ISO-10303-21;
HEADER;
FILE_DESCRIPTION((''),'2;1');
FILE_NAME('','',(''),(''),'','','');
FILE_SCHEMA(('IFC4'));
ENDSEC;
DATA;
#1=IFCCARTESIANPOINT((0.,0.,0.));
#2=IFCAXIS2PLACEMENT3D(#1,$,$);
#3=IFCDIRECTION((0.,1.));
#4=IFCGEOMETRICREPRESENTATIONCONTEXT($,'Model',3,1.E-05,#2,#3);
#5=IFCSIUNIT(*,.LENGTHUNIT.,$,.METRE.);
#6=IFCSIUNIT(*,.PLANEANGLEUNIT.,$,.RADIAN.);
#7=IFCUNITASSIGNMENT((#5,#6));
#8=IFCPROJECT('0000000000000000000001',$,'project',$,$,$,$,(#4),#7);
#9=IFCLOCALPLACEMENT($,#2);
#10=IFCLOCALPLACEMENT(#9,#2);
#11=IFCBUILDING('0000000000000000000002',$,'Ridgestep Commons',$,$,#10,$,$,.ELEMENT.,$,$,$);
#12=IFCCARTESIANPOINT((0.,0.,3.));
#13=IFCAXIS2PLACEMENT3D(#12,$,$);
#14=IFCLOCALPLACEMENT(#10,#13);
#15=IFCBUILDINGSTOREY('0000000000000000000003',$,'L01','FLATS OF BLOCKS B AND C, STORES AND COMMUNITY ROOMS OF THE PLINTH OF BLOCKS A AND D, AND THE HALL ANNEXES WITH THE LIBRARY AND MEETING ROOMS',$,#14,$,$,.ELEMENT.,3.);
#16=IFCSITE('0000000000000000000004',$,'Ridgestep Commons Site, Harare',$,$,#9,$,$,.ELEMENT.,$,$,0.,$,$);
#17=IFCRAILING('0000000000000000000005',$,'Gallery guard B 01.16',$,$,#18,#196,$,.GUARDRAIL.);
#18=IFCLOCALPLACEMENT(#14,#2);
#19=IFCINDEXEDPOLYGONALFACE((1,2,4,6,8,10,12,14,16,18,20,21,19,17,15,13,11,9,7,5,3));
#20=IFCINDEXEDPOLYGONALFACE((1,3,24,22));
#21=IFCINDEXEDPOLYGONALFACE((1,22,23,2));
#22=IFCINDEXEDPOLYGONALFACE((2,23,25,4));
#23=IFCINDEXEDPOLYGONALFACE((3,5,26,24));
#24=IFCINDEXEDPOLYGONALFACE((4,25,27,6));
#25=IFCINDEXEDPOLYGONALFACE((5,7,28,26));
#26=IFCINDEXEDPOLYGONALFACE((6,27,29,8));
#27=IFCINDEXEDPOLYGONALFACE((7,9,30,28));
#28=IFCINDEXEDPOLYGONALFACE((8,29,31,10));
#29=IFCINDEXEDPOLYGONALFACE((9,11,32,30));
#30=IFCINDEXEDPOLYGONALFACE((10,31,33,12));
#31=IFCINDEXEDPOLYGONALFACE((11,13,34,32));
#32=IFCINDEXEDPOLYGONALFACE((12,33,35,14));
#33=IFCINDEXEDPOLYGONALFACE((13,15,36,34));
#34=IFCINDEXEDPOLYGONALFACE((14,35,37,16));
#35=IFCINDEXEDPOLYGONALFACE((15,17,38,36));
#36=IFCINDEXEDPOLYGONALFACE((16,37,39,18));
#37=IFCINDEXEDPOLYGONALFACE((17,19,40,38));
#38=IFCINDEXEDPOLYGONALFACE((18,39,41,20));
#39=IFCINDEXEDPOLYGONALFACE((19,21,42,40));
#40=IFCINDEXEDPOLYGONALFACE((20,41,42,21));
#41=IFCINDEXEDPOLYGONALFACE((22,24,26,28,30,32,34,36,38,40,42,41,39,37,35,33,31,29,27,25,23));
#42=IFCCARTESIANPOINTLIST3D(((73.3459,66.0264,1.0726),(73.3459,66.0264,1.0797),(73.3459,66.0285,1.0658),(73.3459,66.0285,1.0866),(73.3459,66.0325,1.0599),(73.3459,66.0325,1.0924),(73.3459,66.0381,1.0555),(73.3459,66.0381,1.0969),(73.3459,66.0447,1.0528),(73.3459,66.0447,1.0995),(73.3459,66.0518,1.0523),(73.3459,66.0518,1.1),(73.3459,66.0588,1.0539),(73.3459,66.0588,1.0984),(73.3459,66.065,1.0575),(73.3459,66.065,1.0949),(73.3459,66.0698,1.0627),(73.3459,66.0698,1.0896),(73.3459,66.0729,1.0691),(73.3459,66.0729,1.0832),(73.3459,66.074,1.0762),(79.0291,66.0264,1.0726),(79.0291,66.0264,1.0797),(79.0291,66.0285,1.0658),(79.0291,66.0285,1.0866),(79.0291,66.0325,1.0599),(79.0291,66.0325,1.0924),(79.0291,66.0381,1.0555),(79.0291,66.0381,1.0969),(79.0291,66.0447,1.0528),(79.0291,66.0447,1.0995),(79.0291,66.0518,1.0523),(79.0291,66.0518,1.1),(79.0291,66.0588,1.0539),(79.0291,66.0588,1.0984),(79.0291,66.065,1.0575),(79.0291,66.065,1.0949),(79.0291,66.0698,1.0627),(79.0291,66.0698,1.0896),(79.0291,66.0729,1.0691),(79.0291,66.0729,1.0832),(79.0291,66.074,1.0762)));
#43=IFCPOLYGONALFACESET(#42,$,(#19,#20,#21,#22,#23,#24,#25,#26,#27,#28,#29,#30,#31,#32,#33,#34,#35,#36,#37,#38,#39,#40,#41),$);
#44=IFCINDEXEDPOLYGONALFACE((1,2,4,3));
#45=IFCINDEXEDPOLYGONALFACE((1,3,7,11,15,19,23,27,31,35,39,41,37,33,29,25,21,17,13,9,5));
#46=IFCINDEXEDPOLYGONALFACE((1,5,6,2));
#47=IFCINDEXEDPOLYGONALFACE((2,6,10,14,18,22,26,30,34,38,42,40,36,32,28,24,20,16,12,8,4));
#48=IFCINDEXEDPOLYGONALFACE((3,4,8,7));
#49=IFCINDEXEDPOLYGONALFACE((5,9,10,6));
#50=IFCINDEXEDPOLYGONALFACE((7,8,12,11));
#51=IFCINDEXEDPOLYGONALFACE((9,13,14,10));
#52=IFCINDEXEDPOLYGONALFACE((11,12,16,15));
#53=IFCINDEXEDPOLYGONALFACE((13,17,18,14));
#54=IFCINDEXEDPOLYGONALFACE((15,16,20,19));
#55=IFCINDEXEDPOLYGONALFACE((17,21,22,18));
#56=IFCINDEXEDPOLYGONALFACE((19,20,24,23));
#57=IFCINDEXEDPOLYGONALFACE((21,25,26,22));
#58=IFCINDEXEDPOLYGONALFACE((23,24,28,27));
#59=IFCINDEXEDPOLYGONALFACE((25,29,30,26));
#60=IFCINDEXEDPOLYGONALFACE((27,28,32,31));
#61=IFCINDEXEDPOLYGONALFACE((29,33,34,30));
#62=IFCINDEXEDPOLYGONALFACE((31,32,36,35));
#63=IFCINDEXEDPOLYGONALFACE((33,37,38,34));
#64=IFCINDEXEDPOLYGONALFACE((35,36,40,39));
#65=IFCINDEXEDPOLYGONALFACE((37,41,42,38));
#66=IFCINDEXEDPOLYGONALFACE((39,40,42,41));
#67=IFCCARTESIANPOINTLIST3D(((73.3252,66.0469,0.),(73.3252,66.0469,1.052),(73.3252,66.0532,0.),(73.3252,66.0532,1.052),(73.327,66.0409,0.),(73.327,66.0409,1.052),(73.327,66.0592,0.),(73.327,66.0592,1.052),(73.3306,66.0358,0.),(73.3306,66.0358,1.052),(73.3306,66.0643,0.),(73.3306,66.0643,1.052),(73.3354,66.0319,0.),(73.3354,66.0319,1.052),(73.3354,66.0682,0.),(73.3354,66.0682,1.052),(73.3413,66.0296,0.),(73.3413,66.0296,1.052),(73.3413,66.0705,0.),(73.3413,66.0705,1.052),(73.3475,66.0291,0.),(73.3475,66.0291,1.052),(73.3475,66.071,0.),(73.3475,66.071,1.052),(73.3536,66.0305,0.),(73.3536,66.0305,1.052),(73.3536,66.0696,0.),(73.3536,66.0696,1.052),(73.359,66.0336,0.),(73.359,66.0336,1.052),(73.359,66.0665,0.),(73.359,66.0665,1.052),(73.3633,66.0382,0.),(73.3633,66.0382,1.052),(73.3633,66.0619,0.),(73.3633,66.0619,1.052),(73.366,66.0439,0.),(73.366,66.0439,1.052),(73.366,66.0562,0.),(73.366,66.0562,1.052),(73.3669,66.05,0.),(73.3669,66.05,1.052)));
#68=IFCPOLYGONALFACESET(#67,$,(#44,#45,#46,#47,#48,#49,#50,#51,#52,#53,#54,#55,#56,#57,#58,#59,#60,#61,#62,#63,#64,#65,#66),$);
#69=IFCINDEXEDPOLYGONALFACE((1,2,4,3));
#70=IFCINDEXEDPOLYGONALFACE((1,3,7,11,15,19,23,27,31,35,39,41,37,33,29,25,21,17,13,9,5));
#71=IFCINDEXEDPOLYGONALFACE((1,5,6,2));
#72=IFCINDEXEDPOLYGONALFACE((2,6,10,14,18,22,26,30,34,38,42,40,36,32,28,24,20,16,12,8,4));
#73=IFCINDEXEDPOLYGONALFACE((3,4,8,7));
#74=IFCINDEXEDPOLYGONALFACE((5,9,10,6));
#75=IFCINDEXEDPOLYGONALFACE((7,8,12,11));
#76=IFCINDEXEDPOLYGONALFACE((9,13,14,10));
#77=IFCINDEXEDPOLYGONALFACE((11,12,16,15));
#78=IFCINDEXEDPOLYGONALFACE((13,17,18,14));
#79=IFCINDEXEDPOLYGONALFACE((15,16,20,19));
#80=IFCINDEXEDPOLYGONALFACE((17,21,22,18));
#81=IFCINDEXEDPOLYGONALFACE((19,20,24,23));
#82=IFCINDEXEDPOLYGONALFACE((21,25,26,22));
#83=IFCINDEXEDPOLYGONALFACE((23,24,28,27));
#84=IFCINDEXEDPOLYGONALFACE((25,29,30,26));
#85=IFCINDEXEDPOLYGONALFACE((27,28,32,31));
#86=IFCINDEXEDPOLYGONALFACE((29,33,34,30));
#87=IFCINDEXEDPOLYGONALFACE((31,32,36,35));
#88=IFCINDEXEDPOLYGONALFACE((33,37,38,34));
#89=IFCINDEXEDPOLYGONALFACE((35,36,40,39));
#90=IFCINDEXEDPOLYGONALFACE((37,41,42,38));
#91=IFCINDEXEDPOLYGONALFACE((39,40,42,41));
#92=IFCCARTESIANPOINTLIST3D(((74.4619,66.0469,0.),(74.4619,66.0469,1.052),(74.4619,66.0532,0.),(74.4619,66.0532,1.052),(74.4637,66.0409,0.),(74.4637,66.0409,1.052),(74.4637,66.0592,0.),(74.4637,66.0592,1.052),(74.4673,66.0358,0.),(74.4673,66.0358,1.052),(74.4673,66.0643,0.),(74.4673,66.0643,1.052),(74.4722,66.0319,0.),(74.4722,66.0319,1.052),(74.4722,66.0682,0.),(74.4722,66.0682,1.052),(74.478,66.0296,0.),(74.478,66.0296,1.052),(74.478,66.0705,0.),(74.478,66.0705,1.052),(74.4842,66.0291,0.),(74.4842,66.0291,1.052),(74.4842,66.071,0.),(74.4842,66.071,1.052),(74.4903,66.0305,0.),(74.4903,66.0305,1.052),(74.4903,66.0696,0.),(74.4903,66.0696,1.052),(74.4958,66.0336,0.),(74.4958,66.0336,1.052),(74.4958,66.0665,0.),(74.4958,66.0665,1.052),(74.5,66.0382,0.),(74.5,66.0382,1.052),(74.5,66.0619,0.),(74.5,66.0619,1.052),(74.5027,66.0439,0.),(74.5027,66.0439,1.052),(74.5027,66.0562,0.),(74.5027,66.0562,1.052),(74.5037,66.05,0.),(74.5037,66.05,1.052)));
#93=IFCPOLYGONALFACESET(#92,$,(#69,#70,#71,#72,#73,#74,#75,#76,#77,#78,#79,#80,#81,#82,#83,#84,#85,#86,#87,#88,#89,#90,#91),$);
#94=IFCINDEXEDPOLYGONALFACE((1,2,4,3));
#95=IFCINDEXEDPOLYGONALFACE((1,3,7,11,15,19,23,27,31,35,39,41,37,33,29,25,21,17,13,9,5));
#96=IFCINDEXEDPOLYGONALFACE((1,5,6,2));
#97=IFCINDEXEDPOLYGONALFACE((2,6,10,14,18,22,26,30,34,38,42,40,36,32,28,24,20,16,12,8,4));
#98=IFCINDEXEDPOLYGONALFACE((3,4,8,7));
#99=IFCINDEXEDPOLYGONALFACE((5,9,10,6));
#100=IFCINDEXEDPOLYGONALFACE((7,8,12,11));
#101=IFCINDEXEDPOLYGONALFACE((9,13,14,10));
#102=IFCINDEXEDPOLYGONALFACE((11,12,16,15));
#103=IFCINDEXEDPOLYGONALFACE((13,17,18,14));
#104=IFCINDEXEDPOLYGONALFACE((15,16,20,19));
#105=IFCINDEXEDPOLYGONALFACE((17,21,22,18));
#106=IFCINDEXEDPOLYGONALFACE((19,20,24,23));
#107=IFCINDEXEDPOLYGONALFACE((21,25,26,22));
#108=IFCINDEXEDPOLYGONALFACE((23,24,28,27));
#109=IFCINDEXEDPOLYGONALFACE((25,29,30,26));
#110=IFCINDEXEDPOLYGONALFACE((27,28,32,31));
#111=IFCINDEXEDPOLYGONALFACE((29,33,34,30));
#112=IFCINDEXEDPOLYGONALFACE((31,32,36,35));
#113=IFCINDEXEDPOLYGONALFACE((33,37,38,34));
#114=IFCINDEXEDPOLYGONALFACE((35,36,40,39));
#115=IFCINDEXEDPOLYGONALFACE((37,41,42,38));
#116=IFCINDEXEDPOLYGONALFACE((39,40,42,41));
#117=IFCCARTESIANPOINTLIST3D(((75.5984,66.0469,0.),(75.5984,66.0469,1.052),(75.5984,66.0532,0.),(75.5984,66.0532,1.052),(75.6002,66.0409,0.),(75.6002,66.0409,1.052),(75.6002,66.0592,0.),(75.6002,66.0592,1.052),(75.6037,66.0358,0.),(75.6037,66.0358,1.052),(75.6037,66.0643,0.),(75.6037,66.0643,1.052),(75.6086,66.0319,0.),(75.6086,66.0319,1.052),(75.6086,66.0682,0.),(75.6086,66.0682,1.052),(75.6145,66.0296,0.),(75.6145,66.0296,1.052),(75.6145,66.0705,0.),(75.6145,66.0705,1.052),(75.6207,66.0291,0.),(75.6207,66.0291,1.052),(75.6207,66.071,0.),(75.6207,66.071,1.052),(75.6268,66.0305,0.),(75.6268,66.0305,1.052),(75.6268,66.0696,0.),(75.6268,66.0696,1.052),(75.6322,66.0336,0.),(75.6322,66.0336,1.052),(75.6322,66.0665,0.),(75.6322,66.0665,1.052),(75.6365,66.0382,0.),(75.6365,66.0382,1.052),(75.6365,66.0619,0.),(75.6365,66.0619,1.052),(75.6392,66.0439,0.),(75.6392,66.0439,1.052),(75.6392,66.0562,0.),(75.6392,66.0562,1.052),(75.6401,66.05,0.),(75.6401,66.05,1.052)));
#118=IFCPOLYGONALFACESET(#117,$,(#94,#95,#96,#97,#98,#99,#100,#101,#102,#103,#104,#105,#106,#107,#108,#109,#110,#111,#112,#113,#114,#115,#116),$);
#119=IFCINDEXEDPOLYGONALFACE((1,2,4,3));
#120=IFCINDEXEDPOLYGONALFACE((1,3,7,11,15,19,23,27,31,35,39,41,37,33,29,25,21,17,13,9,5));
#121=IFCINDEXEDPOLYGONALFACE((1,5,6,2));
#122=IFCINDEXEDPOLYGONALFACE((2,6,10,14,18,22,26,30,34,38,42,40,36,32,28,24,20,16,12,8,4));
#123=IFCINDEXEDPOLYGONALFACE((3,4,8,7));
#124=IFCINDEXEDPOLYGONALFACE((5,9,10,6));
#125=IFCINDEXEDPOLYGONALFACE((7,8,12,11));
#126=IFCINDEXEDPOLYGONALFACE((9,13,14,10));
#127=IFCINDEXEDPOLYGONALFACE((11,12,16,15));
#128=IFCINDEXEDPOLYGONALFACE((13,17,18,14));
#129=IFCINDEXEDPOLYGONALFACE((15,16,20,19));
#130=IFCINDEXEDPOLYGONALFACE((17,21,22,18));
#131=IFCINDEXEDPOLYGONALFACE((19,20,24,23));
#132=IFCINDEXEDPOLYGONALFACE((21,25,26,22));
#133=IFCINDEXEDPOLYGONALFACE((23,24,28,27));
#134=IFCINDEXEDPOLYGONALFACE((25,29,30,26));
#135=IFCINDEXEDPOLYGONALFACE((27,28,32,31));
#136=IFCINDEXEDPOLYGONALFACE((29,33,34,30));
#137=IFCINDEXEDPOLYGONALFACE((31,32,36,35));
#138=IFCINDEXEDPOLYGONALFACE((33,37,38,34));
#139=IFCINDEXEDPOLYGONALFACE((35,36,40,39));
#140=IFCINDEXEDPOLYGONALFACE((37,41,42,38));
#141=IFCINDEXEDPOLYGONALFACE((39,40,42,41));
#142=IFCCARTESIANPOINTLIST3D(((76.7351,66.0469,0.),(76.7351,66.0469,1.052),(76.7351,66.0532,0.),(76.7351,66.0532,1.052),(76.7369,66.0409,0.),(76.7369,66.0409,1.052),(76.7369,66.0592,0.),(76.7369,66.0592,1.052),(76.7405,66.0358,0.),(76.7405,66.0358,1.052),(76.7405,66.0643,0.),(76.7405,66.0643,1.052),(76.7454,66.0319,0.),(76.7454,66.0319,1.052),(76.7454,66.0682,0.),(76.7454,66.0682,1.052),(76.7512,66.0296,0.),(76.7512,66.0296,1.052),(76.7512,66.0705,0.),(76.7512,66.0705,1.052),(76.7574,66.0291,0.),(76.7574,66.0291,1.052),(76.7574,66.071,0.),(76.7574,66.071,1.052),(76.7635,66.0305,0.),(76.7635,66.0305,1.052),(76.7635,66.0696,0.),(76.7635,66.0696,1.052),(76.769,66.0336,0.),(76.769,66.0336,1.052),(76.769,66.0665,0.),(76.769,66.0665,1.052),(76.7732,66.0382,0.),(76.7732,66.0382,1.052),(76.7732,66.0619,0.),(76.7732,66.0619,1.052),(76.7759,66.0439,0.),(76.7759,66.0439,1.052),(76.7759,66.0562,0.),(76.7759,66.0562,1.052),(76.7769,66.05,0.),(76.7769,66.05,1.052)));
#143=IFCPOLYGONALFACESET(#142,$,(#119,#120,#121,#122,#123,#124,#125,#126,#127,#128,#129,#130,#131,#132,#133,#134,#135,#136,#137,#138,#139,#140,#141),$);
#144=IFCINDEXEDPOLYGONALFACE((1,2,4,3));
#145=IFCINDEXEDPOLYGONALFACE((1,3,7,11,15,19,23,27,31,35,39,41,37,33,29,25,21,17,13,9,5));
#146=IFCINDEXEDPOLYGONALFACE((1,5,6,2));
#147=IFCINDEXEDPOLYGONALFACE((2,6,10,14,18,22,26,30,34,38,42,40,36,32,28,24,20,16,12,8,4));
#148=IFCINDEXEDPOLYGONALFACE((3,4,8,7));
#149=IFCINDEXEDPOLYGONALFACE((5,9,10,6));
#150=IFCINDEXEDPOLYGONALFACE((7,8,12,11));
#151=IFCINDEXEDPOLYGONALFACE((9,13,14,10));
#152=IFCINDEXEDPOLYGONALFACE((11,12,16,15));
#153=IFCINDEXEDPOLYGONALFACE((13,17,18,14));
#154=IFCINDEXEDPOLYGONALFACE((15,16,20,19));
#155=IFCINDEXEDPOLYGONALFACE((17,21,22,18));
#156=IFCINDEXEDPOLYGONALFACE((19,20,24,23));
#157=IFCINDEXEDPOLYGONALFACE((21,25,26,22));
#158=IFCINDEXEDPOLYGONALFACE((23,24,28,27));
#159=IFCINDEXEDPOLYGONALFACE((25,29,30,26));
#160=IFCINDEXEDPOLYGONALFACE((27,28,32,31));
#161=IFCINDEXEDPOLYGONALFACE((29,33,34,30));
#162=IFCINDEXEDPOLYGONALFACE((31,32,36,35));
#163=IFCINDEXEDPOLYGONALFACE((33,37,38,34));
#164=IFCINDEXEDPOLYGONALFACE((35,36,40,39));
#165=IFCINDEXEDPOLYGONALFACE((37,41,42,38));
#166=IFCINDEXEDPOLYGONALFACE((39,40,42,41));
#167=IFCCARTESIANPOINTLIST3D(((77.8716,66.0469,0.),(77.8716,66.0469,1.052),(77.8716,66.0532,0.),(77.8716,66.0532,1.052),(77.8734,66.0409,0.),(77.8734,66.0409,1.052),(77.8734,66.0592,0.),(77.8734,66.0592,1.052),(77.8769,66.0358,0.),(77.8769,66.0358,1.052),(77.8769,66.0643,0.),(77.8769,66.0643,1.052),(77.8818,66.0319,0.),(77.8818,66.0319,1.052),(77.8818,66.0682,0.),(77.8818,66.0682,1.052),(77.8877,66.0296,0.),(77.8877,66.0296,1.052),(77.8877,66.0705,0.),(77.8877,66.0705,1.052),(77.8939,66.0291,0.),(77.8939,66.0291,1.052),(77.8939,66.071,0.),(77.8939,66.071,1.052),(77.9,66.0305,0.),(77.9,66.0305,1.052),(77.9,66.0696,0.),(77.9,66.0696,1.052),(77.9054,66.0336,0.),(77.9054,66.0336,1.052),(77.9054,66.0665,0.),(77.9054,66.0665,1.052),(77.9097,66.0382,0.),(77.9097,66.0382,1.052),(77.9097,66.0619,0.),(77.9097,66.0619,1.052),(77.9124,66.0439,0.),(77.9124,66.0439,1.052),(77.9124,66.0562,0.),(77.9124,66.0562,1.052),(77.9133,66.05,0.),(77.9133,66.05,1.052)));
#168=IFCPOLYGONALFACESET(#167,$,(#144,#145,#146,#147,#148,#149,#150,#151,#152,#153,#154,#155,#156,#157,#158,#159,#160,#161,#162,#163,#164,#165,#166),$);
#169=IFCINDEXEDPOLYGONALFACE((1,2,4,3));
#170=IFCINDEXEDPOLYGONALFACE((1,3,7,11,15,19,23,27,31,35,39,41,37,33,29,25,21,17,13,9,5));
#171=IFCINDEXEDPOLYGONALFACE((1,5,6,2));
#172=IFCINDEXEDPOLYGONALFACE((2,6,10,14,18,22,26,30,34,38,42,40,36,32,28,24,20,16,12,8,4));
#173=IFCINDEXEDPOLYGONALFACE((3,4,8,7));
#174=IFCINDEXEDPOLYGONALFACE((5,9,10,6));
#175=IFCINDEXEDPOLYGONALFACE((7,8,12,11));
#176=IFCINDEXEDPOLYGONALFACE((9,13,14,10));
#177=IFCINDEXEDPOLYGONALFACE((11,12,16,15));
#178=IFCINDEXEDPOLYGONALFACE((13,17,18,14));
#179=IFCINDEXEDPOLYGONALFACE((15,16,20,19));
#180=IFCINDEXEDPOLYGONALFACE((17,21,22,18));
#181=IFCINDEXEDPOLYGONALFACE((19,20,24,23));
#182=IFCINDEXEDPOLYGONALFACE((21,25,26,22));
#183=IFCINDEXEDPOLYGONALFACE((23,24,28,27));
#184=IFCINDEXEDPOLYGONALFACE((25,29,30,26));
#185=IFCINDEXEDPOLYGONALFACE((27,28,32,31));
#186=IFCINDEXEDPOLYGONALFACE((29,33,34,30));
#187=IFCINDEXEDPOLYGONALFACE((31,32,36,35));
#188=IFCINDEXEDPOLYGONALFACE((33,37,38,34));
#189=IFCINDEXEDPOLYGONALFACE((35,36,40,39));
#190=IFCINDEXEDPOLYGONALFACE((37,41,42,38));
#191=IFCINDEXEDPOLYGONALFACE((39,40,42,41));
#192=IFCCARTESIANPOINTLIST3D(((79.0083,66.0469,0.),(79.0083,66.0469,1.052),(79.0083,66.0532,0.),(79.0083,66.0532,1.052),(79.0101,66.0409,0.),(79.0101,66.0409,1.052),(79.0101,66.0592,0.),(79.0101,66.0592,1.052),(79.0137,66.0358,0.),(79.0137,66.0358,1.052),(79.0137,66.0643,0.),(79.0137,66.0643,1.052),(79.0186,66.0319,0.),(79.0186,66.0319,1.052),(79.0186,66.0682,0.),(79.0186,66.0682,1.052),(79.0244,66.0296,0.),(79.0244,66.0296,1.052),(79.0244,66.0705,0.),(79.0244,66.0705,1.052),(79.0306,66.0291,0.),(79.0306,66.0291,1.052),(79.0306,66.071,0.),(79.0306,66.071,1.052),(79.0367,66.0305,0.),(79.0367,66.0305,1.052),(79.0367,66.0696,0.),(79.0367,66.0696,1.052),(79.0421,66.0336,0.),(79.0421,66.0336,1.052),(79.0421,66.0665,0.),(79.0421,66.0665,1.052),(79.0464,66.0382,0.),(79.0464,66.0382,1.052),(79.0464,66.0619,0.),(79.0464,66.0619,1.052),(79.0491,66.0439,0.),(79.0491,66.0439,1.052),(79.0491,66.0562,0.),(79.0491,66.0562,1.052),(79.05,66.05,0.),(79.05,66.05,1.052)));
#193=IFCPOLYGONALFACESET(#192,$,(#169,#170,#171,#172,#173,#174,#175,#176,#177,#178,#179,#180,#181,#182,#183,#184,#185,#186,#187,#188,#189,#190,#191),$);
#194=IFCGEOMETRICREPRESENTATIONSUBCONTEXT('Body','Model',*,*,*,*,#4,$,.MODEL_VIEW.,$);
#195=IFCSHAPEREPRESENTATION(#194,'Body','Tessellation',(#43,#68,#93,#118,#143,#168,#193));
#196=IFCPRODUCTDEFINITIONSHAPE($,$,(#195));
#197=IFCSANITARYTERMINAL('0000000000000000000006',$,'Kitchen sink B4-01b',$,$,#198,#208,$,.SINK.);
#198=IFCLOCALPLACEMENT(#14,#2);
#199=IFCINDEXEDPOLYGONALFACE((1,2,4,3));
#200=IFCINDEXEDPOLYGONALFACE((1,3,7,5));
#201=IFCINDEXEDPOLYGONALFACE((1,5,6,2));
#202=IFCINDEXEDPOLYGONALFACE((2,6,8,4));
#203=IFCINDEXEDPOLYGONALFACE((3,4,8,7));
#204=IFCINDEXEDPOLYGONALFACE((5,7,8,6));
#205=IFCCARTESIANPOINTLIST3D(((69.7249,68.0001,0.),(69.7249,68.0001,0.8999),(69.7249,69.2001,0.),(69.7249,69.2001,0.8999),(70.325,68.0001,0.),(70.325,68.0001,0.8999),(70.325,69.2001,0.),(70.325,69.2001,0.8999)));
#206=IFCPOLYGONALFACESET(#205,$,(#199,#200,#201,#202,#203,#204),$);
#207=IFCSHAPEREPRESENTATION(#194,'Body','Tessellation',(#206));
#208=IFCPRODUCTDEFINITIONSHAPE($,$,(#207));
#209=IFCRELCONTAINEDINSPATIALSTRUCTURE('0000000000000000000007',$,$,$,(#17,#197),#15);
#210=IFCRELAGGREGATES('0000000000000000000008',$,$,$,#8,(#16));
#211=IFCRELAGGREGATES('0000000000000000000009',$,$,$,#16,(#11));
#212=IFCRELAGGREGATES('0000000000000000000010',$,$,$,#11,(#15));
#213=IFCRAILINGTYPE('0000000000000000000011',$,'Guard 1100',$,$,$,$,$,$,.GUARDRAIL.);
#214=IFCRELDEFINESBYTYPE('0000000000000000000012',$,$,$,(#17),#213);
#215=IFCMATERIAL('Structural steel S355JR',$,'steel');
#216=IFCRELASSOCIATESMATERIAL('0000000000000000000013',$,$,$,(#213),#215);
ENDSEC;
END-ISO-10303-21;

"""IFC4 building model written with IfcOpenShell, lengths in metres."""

from ifc_helpers import new_model, si_unit, direction, frame, origin, origin_2d, place, context, subcontext, project, spatial, rectangle, circle, extrude, material, type_object, element, save


model = new_model("IFC4")

# Units and contexts
model_context = context("Model", 3, precision=1e-05, world=origin(), true_north=direction((0.0, 1.0)))
body_context = subcontext(model_context, "Body", "Model", "MODEL_VIEW")
ifc_project = project(units=[si_unit("LENGTHUNIT", "METRE"), si_unit("PLANEANGLEUNIT", "RADIAN")], contexts=[model_context])

# Site, building, storey
site_placement = place(None, origin())
site = spatial("IfcSite", under=ifc_project, at=site_placement, Name="Ridgestep Commons Site, Harare", CompositionType="ELEMENT", RefElevation=0.0)
building_placement = place(site_placement, origin())
building = spatial("IfcBuilding", under=site, at=building_placement, Name="Ridgestep Commons", CompositionType="ELEMENT")
storey_placement = place(building_placement, frame((0.0, 0.0, 3.0)))
storey = spatial("IfcBuildingStorey", under=building, at=storey_placement, Name="L01", Description="FLATS OF BLOCKS B AND C, STORES AND COMMUNITY ROOMS OF THE PLINTH OF BLOCKS A AND D, AND THE HALL ANNEXES WITH THE LIBRARY AND MEETING ROOMS", CompositionType="ELEMENT", Elevation=3.0)

# Railing
ifc_material_1 = material(Name="Structural steel S355JR", Category="steel")
railing_type = type_object("IfcRailingType", Name="Guard 1100", PredefinedType="GUARDRAIL", material=ifc_material_1)
railing_1_placement = place(storey_placement, frame((73.3459, 66.05, 0.0)))
element("IfcRailing", 1, at=railing_1_placement, inside=storey, type_object=railing_type, Name="Gallery guard B 01.16", PredefinedType="GUARDRAIL", context=body_context, shape_type="SweptSolid", body=[
    extrude(circle(Radius=0.0239, at=origin_2d()), frame((0.0, 0.0, 1.0762), z_axis=(1.0, 0.0, 0.0), x_axis=(0.0, 1.0, 0.0)), (0.0, 0.0, 1.0), 5.6831),
    extrude(circle(Radius=0.021, at=origin_2d()), origin(), (0.0, 0.0, 1.0), 1.052),
    extrude(circle(Radius=0.021, at=origin_2d()), frame((1.1367, 0.0, 0.0)), (0.0, 0.0, 1.0), 1.052),
    extrude(circle(Radius=0.021, at=origin_2d()), frame((2.2732, 0.0, 0.0)), (0.0, 0.0, 1.0), 1.052),
    extrude(circle(Radius=0.021, at=origin_2d()), frame((3.4099, 0.0, 0.0)), (0.0, 0.0, 1.0), 1.052),
    extrude(circle(Radius=0.021, at=origin_2d()), frame((4.5464, 0.0, 0.0)), (0.0, 0.0, 1.0), 1.052),
    extrude(circle(Radius=0.021, at=origin_2d()), frame((5.6831, 0.0, 0.0)), (0.0, 0.0, 1.0), 1.052),
])

# Sanitary terminal
sanitary_terminal_placement = place(storey_placement, frame((70.0249, 68.6001, 0.0), z_axis=(0.0, 0.0, 1.0), x_axis=(1.0, 0.0, 0.0)))
element("IfcSanitaryTerminal", 2, at=sanitary_terminal_placement, inside=storey, Name="Kitchen sink B4-01b", PredefinedType="SINK", context=body_context, shape_type="SweptSolid", body=[
    extrude(rectangle(XDim=0.6001, YDim=1.2, at=origin_2d()), origin(), (0.0, 0.0, 1.0), 0.8999),
])

save(model, "model.ifc")
